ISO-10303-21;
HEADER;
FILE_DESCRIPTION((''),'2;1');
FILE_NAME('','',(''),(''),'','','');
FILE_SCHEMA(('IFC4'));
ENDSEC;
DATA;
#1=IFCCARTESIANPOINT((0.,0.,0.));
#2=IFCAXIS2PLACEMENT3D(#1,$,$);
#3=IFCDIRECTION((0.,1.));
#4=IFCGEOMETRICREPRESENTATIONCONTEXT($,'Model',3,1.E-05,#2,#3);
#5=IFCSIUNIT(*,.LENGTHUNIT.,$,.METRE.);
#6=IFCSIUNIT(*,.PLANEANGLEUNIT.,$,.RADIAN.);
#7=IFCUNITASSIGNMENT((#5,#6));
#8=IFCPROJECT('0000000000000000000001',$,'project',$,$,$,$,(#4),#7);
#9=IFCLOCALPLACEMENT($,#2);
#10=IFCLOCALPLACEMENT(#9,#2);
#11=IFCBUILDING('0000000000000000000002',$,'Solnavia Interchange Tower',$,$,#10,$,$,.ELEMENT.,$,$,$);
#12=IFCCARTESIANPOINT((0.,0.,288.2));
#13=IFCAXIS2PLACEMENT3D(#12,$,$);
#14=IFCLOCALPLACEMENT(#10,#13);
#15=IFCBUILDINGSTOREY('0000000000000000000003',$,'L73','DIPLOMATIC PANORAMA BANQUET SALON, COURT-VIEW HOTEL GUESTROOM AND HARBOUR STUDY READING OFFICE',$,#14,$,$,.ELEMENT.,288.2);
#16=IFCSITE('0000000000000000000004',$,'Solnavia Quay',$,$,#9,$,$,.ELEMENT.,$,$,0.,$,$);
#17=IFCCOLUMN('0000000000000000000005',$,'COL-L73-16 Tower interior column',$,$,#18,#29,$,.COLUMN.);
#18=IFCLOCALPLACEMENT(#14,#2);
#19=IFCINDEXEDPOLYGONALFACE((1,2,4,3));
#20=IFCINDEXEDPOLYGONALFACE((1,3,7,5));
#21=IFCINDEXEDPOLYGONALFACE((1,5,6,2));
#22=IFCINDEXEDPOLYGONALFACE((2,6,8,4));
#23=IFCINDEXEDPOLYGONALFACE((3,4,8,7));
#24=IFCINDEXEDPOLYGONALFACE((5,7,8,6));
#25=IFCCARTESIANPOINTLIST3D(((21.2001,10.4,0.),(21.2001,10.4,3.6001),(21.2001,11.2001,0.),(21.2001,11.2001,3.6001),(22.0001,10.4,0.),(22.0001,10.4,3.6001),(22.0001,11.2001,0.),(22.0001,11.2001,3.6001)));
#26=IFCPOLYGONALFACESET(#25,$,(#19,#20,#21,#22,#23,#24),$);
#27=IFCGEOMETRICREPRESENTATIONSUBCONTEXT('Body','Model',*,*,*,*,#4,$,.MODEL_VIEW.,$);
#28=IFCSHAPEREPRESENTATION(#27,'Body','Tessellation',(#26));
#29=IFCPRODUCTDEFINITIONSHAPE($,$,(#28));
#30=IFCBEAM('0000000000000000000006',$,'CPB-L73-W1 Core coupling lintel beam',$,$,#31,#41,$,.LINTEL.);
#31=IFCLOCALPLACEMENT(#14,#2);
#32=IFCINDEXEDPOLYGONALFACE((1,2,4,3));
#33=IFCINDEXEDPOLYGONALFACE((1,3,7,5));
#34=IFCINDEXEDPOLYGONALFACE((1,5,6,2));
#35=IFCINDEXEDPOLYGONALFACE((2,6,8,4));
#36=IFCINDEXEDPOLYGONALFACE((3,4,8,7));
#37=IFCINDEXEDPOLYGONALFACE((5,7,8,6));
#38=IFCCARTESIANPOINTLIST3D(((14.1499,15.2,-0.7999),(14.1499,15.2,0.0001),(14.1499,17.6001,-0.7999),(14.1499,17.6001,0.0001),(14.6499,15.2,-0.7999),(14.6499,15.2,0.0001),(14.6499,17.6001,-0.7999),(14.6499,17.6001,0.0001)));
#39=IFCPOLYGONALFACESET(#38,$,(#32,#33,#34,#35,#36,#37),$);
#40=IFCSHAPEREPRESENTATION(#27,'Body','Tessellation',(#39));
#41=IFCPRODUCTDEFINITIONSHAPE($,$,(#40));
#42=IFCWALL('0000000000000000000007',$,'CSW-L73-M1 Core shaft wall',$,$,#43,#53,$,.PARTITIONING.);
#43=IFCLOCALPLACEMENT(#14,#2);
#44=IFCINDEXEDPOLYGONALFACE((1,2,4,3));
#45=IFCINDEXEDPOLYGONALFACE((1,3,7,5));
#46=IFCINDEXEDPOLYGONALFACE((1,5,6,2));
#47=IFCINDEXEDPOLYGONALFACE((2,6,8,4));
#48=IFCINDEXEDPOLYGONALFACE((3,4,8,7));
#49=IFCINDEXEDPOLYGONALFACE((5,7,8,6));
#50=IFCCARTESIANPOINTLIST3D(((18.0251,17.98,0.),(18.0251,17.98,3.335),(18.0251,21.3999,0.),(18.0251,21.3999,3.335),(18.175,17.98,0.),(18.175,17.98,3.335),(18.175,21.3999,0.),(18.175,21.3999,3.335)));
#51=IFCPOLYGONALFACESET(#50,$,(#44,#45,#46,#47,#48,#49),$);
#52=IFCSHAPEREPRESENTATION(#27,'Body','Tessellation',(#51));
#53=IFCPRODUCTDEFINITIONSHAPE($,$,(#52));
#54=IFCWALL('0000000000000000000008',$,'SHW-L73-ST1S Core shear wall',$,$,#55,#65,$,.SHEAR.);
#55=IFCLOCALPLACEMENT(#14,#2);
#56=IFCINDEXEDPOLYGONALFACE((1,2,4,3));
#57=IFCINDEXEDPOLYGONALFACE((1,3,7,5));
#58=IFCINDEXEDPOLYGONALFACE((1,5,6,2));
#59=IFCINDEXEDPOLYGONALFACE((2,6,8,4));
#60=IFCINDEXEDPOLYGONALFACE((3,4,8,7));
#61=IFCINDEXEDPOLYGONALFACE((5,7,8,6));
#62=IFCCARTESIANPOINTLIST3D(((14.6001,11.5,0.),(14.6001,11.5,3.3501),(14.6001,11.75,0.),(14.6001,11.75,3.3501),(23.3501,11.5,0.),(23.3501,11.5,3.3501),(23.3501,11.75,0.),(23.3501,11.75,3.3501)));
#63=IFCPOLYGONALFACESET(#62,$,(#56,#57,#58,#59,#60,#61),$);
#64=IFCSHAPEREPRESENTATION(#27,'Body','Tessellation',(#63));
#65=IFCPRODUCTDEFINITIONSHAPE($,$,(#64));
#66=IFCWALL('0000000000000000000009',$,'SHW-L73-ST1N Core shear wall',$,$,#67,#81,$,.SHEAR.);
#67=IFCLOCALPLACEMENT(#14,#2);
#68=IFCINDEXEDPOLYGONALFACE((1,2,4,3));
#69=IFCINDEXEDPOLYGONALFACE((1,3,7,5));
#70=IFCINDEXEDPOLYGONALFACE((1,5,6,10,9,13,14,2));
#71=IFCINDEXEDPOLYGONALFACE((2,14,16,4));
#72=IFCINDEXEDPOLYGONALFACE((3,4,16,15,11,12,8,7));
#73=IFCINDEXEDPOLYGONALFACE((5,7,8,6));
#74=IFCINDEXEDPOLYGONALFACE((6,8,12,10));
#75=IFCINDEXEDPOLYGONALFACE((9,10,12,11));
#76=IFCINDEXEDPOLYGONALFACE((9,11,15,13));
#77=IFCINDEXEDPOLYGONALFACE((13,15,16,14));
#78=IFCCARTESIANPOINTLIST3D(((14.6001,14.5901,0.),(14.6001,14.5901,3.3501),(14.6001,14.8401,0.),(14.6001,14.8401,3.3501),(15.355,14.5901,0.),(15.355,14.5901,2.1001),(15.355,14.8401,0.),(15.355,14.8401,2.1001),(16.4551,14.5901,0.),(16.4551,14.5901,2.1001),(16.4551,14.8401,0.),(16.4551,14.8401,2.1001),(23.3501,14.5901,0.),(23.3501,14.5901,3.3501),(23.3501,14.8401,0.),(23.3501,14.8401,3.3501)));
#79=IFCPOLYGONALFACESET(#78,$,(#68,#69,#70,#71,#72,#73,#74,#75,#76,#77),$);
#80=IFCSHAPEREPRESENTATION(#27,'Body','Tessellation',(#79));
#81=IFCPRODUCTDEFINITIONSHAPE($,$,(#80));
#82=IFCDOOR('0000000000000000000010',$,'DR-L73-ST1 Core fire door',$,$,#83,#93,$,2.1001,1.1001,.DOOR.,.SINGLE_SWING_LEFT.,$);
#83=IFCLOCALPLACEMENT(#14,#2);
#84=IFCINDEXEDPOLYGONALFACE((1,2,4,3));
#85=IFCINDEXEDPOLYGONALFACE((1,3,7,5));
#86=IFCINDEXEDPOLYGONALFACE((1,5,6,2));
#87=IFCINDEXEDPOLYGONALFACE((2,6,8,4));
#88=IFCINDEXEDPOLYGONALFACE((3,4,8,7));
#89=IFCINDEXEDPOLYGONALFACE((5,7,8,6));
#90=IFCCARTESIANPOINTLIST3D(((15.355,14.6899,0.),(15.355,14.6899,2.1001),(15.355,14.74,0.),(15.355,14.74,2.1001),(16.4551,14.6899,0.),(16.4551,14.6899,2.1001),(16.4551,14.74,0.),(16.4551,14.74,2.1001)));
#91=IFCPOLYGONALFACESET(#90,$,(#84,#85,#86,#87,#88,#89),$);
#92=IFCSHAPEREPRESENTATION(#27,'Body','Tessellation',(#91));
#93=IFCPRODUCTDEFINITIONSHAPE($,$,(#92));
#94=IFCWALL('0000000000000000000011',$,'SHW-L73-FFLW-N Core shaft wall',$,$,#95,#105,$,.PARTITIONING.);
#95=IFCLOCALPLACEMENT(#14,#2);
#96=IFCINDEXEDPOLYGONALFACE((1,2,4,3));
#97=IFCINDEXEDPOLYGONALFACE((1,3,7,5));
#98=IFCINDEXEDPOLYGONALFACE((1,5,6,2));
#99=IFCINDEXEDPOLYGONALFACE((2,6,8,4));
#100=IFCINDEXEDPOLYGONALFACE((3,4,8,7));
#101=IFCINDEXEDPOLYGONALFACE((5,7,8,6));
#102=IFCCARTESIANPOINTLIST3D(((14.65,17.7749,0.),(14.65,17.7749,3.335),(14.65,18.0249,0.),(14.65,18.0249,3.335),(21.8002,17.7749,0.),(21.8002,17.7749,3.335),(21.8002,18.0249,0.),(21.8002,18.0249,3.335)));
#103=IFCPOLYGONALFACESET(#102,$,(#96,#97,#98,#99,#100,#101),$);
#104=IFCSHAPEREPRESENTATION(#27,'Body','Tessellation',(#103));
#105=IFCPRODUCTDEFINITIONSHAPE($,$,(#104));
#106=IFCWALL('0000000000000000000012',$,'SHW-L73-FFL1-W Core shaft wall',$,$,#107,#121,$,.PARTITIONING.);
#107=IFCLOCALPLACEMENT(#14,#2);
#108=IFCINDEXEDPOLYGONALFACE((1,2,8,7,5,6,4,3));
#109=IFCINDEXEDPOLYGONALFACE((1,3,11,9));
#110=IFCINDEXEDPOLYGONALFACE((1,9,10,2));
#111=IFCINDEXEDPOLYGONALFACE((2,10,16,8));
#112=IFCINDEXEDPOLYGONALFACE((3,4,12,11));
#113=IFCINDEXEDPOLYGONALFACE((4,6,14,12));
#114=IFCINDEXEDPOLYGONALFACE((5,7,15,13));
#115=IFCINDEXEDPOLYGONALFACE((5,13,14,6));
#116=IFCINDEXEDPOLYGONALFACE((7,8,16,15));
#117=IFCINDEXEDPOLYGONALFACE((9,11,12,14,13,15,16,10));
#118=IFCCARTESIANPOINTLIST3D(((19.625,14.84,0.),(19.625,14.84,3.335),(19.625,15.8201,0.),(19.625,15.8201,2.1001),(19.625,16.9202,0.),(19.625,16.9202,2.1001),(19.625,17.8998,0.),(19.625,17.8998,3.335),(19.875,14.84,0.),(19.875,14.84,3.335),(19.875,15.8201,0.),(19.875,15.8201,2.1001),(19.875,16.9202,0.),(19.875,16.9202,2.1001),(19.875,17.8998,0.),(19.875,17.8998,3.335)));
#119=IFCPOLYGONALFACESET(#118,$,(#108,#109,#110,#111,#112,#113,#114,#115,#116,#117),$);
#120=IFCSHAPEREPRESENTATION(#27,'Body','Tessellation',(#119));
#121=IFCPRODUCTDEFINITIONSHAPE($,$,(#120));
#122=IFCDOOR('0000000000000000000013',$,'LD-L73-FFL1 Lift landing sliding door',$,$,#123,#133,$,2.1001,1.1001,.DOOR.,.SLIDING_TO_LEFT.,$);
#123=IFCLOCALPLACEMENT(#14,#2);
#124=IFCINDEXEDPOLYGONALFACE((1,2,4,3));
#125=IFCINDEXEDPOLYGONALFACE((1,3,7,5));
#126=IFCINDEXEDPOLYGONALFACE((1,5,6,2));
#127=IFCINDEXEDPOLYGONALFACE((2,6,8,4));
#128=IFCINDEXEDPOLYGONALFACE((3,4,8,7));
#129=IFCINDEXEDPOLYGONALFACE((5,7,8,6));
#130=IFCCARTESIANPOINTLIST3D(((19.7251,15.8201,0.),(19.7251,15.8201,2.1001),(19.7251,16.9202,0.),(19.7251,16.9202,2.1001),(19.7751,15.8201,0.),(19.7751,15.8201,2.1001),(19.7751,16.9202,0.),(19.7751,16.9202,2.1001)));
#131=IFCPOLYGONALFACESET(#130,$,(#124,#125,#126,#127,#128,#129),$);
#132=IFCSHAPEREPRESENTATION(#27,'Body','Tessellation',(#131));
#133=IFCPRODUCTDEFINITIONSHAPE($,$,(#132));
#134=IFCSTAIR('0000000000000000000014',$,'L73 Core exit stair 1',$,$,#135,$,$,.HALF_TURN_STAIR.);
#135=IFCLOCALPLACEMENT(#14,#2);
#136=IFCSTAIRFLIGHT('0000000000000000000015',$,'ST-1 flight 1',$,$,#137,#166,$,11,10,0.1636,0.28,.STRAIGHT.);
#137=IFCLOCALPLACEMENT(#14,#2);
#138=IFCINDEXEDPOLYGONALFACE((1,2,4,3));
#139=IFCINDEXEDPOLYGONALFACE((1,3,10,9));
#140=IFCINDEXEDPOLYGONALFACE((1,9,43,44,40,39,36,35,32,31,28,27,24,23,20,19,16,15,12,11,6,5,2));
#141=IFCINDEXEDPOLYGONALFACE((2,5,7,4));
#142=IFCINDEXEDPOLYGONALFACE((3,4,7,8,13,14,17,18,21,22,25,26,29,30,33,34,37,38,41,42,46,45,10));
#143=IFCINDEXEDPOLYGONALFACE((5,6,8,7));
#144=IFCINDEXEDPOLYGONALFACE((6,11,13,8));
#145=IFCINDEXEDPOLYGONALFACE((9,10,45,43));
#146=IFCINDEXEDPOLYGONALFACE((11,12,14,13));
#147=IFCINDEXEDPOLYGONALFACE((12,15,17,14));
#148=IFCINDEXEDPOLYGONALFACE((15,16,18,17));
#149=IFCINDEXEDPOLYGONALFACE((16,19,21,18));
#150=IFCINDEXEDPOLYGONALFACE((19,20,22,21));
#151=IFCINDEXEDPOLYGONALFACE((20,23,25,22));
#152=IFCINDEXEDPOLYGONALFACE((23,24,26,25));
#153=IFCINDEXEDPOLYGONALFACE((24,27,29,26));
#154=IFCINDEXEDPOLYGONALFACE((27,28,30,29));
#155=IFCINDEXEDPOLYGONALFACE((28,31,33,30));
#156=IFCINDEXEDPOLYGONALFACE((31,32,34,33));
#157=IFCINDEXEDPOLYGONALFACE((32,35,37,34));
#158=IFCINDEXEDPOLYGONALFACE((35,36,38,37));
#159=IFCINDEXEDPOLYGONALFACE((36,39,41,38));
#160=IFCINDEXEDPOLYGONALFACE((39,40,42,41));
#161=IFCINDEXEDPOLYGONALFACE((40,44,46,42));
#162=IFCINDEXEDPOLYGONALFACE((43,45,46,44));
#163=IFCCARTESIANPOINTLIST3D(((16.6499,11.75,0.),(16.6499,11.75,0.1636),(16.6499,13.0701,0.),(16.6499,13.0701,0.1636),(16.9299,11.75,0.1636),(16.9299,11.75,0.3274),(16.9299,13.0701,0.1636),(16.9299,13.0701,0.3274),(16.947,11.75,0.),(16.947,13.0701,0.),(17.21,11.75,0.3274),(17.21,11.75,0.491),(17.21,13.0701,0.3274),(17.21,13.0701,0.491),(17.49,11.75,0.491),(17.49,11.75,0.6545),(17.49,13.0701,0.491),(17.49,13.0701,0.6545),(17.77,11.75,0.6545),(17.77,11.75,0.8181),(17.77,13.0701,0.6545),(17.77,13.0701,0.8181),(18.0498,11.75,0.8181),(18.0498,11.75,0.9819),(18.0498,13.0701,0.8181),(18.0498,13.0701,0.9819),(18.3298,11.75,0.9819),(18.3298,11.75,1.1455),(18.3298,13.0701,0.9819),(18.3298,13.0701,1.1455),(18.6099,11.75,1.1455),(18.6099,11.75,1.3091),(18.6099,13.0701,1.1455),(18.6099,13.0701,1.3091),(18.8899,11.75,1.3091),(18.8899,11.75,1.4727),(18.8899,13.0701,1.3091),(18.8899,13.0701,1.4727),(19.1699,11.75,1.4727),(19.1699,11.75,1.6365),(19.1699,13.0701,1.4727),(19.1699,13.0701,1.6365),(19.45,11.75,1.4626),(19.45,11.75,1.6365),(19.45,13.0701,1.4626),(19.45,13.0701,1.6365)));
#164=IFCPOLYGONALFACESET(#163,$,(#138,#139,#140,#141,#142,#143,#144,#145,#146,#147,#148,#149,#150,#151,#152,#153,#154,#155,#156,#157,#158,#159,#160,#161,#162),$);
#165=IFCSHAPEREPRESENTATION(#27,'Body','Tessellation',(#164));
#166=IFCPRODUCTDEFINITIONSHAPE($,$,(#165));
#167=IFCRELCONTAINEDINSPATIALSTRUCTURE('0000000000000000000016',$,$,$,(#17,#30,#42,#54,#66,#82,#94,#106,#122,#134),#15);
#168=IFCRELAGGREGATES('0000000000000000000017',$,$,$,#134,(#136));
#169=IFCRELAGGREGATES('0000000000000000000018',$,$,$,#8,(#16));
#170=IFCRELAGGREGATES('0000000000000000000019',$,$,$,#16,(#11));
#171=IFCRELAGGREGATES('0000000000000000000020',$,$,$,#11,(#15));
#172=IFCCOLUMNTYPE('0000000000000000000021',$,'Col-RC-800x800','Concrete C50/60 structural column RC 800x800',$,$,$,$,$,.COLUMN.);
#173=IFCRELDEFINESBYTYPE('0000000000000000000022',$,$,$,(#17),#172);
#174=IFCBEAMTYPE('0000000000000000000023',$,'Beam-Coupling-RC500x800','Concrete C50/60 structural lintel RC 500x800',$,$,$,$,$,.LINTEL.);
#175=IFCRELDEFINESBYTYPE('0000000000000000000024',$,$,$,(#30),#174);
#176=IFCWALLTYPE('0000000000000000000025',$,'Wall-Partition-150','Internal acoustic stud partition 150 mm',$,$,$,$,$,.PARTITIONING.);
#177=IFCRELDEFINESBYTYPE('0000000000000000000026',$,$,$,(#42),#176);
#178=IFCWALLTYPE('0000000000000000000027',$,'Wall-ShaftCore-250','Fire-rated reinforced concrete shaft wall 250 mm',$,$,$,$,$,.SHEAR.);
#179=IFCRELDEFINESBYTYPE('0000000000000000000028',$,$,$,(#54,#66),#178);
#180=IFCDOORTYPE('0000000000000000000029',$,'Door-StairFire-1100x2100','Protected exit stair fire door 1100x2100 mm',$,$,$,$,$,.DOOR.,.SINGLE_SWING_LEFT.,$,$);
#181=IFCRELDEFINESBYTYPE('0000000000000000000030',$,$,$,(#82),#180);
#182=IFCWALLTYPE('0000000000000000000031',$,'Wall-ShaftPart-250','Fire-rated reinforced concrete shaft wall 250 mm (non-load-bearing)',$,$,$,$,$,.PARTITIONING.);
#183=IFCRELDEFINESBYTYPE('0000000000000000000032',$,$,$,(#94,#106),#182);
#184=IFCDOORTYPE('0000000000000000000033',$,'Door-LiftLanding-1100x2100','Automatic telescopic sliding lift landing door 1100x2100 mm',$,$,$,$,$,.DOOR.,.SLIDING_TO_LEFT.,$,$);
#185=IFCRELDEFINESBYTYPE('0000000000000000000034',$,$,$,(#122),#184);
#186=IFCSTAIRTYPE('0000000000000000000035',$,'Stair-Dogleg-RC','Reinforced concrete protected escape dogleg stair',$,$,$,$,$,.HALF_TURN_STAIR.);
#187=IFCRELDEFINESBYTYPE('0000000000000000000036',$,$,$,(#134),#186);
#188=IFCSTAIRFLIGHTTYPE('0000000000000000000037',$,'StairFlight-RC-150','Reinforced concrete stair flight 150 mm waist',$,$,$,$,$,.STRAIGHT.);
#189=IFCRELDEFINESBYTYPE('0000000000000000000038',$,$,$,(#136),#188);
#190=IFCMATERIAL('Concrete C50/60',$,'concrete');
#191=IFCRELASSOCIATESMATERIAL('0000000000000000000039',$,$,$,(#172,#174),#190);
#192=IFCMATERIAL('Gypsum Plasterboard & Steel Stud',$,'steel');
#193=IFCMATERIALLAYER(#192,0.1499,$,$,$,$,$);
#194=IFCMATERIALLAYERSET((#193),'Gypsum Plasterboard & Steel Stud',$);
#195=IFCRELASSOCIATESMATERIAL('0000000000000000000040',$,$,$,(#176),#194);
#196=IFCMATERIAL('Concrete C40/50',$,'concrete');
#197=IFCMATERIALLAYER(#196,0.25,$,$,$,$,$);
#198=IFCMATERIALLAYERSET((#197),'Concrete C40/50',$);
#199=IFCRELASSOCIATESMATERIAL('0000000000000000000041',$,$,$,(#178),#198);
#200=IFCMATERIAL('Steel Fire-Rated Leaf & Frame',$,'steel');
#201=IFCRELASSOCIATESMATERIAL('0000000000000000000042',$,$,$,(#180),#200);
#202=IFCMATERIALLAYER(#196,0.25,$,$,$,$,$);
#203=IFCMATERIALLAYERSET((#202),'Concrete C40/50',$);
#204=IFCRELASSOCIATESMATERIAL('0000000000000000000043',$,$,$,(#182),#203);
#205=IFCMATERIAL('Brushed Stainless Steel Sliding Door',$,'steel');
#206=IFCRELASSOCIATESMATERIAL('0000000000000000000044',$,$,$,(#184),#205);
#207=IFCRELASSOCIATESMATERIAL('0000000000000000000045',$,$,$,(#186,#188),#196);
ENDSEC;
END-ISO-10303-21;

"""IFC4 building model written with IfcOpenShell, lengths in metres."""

from ifc_helpers import new_model, si_unit, direction, frame, frame_2d, origin, origin_2d, place, context, subcontext, project, spatial, polyline, rectangle, outline, extrude, material, layer, layer_set, material_profile, profile_set, type_object, element, fill, aggregate, save


model = new_model("IFC4")

# Units and contexts
model_context = context("Model", 3, precision=1e-05, world=origin(), true_north=direction((0.0, 1.0)))
body_context = subcontext(model_context, "Body", "Model", "MODEL_VIEW")
ifc_project = project(units=[si_unit("LENGTHUNIT", "METRE"), si_unit("PLANEANGLEUNIT", "RADIAN")], contexts=[model_context])

# Site, building, storey
site_placement = place(None, origin())
site = spatial("IfcSite", under=ifc_project, at=site_placement, Name="Solnavia Quay", CompositionType="ELEMENT", RefElevation=0.0)
building_placement = place(site_placement, origin())
building = spatial("IfcBuilding", under=site, at=building_placement, Name="Solnavia Interchange Tower", CompositionType="ELEMENT")
storey_placement = place(building_placement, frame((0.0, 0.0, 288.2)))
storey = spatial("IfcBuildingStorey", under=building, at=storey_placement, Name="L73", Description="DIPLOMATIC PANORAMA BANQUET SALON, COURT-VIEW HOTEL GUESTROOM AND HARBOUR STUDY READING OFFICE", CompositionType="ELEMENT", Elevation=288.2)

# Column
ifc_material_1 = material(Name="Concrete C50/60", Category="concrete")
ifc_material_profile_1 = material_profile(ifc_material_1, rectangle(XDim=0.8, YDim=0.8, at=origin_2d()), Name="RC 800x800")
ifc_profile_set_1 = profile_set([ifc_material_profile_1], Name="Concrete C50/60")
column_type = type_object("IfcColumnType", Name="Col-RC-800x800", Description="Concrete C50/60 structural column RC 800x800", PredefinedType="COLUMN", material=ifc_profile_set_1)
column_placement = place(storey_placement, frame((21.6001, 10.8, 0.0), z_axis=(0.0, 0.0, 1.0), x_axis=(1.0, 0.0, 0.0)))
element("IfcColumn", 1, at=column_placement, inside=storey, type_object=column_type, Name="COL-L73-16 Tower interior column", PredefinedType="COLUMN", context=body_context, shape_type="SweptSolid", body=[
    extrude(rectangle(XDim=0.8, YDim=0.8, at=origin_2d()), origin(), (0.0, 0.0, 1.0), 3.6001),
])

# Beam
ifc_material_profile_2 = material_profile(ifc_material_1, rectangle(XDim=0.5, YDim=0.8, at=origin_2d()), Name="RC 500x800")
ifc_profile_set_2 = profile_set([ifc_material_profile_2], Name="Concrete C50/60")
beam_type = type_object("IfcBeamType", Name="Beam-Coupling-RC500x800", Description="Concrete C50/60 structural lintel RC 500x800", PredefinedType="LINTEL", material=ifc_profile_set_2)
beam_placement = place(storey_placement, frame((14.3999, 15.2, -0.3999), z_axis=(0.0, 1.0, 0.0), x_axis=(-1.0, 0.0, 0.0)))
element("IfcBeam", 2, at=beam_placement, inside=storey, type_object=beam_type, Name="CPB-L73-W1 Core coupling lintel beam", PredefinedType="LINTEL", context=body_context, shape_type="SweptSolid", body=[
    extrude(rectangle(XDim=0.5, YDim=0.8, at=origin_2d()), origin(), (0.0, 0.0, 1.0), 2.4001),
])

# Walls
ifc_material_2 = material(Name="Gypsum Plasterboard & Steel Stud", Category="steel")
ifc_layer_1 = layer(ifc_material_2, 0.1499)
ifc_layer_set_1 = layer_set([ifc_layer_1], Name="Gypsum Plasterboard & Steel Stud")
wall_type_1 = type_object("IfcWallType", Name="Wall-Partition-150", Description="Internal acoustic stud partition 150 mm", PredefinedType="PARTITIONING", material=ifc_layer_set_1)
wall_1_placement = place(storey_placement, frame((18.1001, 17.98, 0.0), z_axis=(0.0, 0.0, 1.0), x_axis=(0.0, 1.0, 0.0)))
element("IfcWall", 3, at=wall_1_placement, inside=storey, type_object=wall_type_1, Name="CSW-L73-M1 Core shaft wall", PredefinedType="PARTITIONING", context=body_context, shape_type="SweptSolid", body=[
    extrude(rectangle(XDim=3.4199, YDim=0.1499, at=frame_2d((1.71, 0.0))), origin(), (0.0, 0.0, 1.0), 3.335),
])
ifc_material_3 = material(Name="Concrete C40/50", Category="concrete")
ifc_layer_2 = layer(ifc_material_3, 0.25)
ifc_layer_set_2 = layer_set([ifc_layer_2], Name="Concrete C40/50")
wall_type_2 = type_object("IfcWallType", Name="Wall-ShaftCore-250", Description="Fire-rated reinforced concrete shaft wall 250 mm", PredefinedType="SHEAR", material=ifc_layer_set_2)
wall_2_placement = place(storey_placement, frame((14.6001, 11.625, 0.0), z_axis=(0.0, 0.0, 1.0), x_axis=(1.0, 0.0, 0.0)))
element("IfcWall", 4, at=wall_2_placement, inside=storey, type_object=wall_type_2, Name="SHW-L73-ST1S Core shear wall", PredefinedType="SHEAR", context=body_context, shape_type="SweptSolid", body=[
    extrude(rectangle(XDim=8.75, YDim=0.25, at=frame_2d((4.375, 0.0))), origin(), (0.0, 0.0, 1.0), 3.3501),
])

# Wall, opening, door
wall_3_placement = place(storey_placement, frame((14.6001, 14.7151, 0.0), z_axis=(0.0, 0.0, 1.0), x_axis=(1.0, 0.0, 0.0)))
wall_3 = element("IfcWall", 5, at=wall_3_placement, inside=storey, type_object=wall_type_2, Name="SHW-L73-ST1N Core shear wall", PredefinedType="SHEAR", context=body_context, shape_type="SweptSolid", body=[
    extrude(rectangle(XDim=8.75, YDim=0.25, at=frame_2d((4.375, 0.0))), origin(), (0.0, 0.0, 1.0), 3.3501),
])
opening_1_placement = place(wall_3_placement, frame((0.7549, 0.0, 0.0)))
opening_1 = element("IfcOpeningElement", 6, at=opening_1_placement, cuts=wall_3, PredefinedType="OPENING", context=body_context, shape_type="SweptSolid", body=[
    extrude(rectangle(XDim=1.1001, YDim=2.1001, at=frame_2d((0.55, 1.05))), frame((0.0, 0.135, 0.0), z_axis=(0.0, -1.0, 0.0), x_axis=(1.0, 0.0, 0.0)), (0.0, 0.0, 1.0), 0.27),
])
ifc_material_4 = material(Name="Steel Fire-Rated Leaf & Frame", Category="steel")
door_type_1 = type_object("IfcDoorType", Name="Door-StairFire-1100x2100", Description="Protected exit stair fire door 1100x2100 mm", OperationType="SINGLE_SWING_LEFT", PredefinedType="DOOR", material=ifc_material_4)
door_1_placement = place(opening_1_placement, origin())
door_1 = element("IfcDoor", 7, at=door_1_placement, inside=storey, type_object=door_type_1, Name="DR-L73-ST1 Core fire door", OperationType="SINGLE_SWING_LEFT", OverallHeight=2.1001, OverallWidth=1.1001, PredefinedType="DOOR", context=body_context, shape_type="SweptSolid", body=[
    extrude(rectangle(XDim=1.1001, YDim=2.1001, at=frame_2d((0.55, 1.05))), frame((0.0, 0.0249, 0.0), z_axis=(0.0, -1.0, 0.0), x_axis=(1.0, 0.0, 0.0)), (0.0, 0.0, 1.0), 0.05),
])
fill(opening_1, door_1)

# Wall
ifc_layer_3 = layer(ifc_material_3, 0.25)
ifc_layer_set_3 = layer_set([ifc_layer_3], Name="Concrete C40/50")
wall_type_3 = type_object("IfcWallType", Name="Wall-ShaftPart-250", Description="Fire-rated reinforced concrete shaft wall 250 mm (non-load-bearing)", PredefinedType="PARTITIONING", material=ifc_layer_set_3)
wall_4_placement = place(storey_placement, frame((14.6499, 17.8999, 0.0), z_axis=(0.0, 0.0, 1.0), x_axis=(1.0, 0.0, 0.0)))
element("IfcWall", 8, at=wall_4_placement, inside=storey, type_object=wall_type_3, Name="SHW-L73-FFLW-N Core shaft wall", PredefinedType="PARTITIONING", context=body_context, shape_type="SweptSolid", body=[
    extrude(rectangle(XDim=7.1501, YDim=0.25, at=frame_2d((3.5752, 0.0))), origin(), (0.0, 0.0, 1.0), 3.335),
])

# Wall, opening, door
wall_5_placement = place(storey_placement, frame((19.75, 14.8401, 0.0), z_axis=(0.0, 0.0, 1.0), x_axis=(0.0, 1.0, 0.0)))
wall_5 = element("IfcWall", 9, at=wall_5_placement, inside=storey, type_object=wall_type_3, Name="SHW-L73-FFL1-W Core shaft wall", PredefinedType="PARTITIONING", context=body_context, shape_type="SweptSolid", body=[
    extrude(rectangle(XDim=3.0598, YDim=0.25, at=frame_2d((1.5298, 0.0))), origin(), (0.0, 0.0, 1.0), 3.335),
])
opening_2_placement = place(wall_5_placement, frame((0.98, 0.0, 0.0)))
opening_2 = element("IfcOpeningElement", 10, at=opening_2_placement, cuts=wall_5, PredefinedType="OPENING", context=body_context, shape_type="SweptSolid", body=[
    extrude(rectangle(XDim=1.1001, YDim=2.1001, at=frame_2d((0.55, 1.05))), frame((0.0, 0.135, 0.0), z_axis=(0.0, -1.0, 0.0), x_axis=(1.0, 0.0, 0.0)), (0.0, 0.0, 1.0), 0.27),
])
ifc_material_5 = material(Name="Brushed Stainless Steel Sliding Door", Category="steel")
door_type_2 = type_object("IfcDoorType", Name="Door-LiftLanding-1100x2100", Description="Automatic telescopic sliding lift landing door 1100x2100 mm", OperationType="SLIDING_TO_LEFT", PredefinedType="DOOR", material=ifc_material_5)
door_2_placement = place(opening_2_placement, origin())
door_2 = element("IfcDoor", 11, at=door_2_placement, inside=storey, type_object=door_type_2, Name="LD-L73-FFL1 Lift landing sliding door", OperationType="SLIDING_TO_LEFT", OverallHeight=2.1001, OverallWidth=1.1001, PredefinedType="DOOR", context=body_context, shape_type="SweptSolid", body=[
    extrude(rectangle(XDim=1.1001, YDim=2.1001, at=frame_2d((0.55, 1.05))), frame((0.0, 0.0249, 0.0), z_axis=(0.0, -1.0, 0.0), x_axis=(1.0, 0.0, 0.0)), (0.0, 0.0, 1.0), 0.05),
])
fill(opening_2, door_2)

# Stair, stair flight
stair_type = type_object("IfcStairType", Name="Stair-Dogleg-RC", Description="Reinforced concrete protected escape dogleg stair", PredefinedType="HALF_TURN_STAIR", material=ifc_material_3)
stair_placement = place(storey_placement, origin())
stair = element("IfcStair", 12, at=stair_placement, inside=storey, type_object=stair_type, Name="L73 Core exit stair 1", PredefinedType="HALF_TURN_STAIR")
stair_flight_type = type_object("IfcStairFlightType", Name="StairFlight-RC-150", Description="Reinforced concrete stair flight 150 mm waist", PredefinedType="STRAIGHT", material=ifc_material_3)
stair_flight_1_placement = place(storey_placement, frame((16.6499, 12.4099, 0.0), z_axis=(0.0, 0.0, 1.0), x_axis=(1.0, 0.0, 0.0)))
stair_flight_1 = element("IfcStairFlight", 13, at=stair_flight_1_placement, type_object=stair_flight_type, Name="ST-1 flight 1", NumberOfRisers=11, NumberOfTreads=10, PredefinedType="STRAIGHT", RiserHeight=0.1636, TreadLength=0.28, context=body_context, shape_type="SweptSolid", body=[
    extrude(outline(polyline([(0.0, 0.0), (0.0, 0.1636), (0.28, 0.1636), (0.28, 0.3274), (0.5601, 0.3274), (0.5601, 0.491), (0.8401, 0.491), (0.8401, 0.6545), (1.1201, 0.6545), (1.1201, 0.8181), (1.3999, 0.8181), (1.3999, 0.9819), (1.6799, 0.9819), (1.6799, 1.1455), (1.96, 1.1455), (1.96, 1.3091), (2.24, 1.3091), (2.24, 1.4727), (2.52, 1.4727), (2.52, 1.6365), (2.8, 1.6365), (2.8, 1.8), (2.8, 1.4626), (0.2971, 0.0), (0.0, 0.0)])), frame((0.0, 0.6602, 0.0), z_axis=(0.0, -1.0, 0.0), x_axis=(1.0, 0.0, 0.0)), (0.0, 0.0, 1.0), 1.3201),
])
aggregate(stair, [stair_flight_1])

save(model, "model.ifc")
